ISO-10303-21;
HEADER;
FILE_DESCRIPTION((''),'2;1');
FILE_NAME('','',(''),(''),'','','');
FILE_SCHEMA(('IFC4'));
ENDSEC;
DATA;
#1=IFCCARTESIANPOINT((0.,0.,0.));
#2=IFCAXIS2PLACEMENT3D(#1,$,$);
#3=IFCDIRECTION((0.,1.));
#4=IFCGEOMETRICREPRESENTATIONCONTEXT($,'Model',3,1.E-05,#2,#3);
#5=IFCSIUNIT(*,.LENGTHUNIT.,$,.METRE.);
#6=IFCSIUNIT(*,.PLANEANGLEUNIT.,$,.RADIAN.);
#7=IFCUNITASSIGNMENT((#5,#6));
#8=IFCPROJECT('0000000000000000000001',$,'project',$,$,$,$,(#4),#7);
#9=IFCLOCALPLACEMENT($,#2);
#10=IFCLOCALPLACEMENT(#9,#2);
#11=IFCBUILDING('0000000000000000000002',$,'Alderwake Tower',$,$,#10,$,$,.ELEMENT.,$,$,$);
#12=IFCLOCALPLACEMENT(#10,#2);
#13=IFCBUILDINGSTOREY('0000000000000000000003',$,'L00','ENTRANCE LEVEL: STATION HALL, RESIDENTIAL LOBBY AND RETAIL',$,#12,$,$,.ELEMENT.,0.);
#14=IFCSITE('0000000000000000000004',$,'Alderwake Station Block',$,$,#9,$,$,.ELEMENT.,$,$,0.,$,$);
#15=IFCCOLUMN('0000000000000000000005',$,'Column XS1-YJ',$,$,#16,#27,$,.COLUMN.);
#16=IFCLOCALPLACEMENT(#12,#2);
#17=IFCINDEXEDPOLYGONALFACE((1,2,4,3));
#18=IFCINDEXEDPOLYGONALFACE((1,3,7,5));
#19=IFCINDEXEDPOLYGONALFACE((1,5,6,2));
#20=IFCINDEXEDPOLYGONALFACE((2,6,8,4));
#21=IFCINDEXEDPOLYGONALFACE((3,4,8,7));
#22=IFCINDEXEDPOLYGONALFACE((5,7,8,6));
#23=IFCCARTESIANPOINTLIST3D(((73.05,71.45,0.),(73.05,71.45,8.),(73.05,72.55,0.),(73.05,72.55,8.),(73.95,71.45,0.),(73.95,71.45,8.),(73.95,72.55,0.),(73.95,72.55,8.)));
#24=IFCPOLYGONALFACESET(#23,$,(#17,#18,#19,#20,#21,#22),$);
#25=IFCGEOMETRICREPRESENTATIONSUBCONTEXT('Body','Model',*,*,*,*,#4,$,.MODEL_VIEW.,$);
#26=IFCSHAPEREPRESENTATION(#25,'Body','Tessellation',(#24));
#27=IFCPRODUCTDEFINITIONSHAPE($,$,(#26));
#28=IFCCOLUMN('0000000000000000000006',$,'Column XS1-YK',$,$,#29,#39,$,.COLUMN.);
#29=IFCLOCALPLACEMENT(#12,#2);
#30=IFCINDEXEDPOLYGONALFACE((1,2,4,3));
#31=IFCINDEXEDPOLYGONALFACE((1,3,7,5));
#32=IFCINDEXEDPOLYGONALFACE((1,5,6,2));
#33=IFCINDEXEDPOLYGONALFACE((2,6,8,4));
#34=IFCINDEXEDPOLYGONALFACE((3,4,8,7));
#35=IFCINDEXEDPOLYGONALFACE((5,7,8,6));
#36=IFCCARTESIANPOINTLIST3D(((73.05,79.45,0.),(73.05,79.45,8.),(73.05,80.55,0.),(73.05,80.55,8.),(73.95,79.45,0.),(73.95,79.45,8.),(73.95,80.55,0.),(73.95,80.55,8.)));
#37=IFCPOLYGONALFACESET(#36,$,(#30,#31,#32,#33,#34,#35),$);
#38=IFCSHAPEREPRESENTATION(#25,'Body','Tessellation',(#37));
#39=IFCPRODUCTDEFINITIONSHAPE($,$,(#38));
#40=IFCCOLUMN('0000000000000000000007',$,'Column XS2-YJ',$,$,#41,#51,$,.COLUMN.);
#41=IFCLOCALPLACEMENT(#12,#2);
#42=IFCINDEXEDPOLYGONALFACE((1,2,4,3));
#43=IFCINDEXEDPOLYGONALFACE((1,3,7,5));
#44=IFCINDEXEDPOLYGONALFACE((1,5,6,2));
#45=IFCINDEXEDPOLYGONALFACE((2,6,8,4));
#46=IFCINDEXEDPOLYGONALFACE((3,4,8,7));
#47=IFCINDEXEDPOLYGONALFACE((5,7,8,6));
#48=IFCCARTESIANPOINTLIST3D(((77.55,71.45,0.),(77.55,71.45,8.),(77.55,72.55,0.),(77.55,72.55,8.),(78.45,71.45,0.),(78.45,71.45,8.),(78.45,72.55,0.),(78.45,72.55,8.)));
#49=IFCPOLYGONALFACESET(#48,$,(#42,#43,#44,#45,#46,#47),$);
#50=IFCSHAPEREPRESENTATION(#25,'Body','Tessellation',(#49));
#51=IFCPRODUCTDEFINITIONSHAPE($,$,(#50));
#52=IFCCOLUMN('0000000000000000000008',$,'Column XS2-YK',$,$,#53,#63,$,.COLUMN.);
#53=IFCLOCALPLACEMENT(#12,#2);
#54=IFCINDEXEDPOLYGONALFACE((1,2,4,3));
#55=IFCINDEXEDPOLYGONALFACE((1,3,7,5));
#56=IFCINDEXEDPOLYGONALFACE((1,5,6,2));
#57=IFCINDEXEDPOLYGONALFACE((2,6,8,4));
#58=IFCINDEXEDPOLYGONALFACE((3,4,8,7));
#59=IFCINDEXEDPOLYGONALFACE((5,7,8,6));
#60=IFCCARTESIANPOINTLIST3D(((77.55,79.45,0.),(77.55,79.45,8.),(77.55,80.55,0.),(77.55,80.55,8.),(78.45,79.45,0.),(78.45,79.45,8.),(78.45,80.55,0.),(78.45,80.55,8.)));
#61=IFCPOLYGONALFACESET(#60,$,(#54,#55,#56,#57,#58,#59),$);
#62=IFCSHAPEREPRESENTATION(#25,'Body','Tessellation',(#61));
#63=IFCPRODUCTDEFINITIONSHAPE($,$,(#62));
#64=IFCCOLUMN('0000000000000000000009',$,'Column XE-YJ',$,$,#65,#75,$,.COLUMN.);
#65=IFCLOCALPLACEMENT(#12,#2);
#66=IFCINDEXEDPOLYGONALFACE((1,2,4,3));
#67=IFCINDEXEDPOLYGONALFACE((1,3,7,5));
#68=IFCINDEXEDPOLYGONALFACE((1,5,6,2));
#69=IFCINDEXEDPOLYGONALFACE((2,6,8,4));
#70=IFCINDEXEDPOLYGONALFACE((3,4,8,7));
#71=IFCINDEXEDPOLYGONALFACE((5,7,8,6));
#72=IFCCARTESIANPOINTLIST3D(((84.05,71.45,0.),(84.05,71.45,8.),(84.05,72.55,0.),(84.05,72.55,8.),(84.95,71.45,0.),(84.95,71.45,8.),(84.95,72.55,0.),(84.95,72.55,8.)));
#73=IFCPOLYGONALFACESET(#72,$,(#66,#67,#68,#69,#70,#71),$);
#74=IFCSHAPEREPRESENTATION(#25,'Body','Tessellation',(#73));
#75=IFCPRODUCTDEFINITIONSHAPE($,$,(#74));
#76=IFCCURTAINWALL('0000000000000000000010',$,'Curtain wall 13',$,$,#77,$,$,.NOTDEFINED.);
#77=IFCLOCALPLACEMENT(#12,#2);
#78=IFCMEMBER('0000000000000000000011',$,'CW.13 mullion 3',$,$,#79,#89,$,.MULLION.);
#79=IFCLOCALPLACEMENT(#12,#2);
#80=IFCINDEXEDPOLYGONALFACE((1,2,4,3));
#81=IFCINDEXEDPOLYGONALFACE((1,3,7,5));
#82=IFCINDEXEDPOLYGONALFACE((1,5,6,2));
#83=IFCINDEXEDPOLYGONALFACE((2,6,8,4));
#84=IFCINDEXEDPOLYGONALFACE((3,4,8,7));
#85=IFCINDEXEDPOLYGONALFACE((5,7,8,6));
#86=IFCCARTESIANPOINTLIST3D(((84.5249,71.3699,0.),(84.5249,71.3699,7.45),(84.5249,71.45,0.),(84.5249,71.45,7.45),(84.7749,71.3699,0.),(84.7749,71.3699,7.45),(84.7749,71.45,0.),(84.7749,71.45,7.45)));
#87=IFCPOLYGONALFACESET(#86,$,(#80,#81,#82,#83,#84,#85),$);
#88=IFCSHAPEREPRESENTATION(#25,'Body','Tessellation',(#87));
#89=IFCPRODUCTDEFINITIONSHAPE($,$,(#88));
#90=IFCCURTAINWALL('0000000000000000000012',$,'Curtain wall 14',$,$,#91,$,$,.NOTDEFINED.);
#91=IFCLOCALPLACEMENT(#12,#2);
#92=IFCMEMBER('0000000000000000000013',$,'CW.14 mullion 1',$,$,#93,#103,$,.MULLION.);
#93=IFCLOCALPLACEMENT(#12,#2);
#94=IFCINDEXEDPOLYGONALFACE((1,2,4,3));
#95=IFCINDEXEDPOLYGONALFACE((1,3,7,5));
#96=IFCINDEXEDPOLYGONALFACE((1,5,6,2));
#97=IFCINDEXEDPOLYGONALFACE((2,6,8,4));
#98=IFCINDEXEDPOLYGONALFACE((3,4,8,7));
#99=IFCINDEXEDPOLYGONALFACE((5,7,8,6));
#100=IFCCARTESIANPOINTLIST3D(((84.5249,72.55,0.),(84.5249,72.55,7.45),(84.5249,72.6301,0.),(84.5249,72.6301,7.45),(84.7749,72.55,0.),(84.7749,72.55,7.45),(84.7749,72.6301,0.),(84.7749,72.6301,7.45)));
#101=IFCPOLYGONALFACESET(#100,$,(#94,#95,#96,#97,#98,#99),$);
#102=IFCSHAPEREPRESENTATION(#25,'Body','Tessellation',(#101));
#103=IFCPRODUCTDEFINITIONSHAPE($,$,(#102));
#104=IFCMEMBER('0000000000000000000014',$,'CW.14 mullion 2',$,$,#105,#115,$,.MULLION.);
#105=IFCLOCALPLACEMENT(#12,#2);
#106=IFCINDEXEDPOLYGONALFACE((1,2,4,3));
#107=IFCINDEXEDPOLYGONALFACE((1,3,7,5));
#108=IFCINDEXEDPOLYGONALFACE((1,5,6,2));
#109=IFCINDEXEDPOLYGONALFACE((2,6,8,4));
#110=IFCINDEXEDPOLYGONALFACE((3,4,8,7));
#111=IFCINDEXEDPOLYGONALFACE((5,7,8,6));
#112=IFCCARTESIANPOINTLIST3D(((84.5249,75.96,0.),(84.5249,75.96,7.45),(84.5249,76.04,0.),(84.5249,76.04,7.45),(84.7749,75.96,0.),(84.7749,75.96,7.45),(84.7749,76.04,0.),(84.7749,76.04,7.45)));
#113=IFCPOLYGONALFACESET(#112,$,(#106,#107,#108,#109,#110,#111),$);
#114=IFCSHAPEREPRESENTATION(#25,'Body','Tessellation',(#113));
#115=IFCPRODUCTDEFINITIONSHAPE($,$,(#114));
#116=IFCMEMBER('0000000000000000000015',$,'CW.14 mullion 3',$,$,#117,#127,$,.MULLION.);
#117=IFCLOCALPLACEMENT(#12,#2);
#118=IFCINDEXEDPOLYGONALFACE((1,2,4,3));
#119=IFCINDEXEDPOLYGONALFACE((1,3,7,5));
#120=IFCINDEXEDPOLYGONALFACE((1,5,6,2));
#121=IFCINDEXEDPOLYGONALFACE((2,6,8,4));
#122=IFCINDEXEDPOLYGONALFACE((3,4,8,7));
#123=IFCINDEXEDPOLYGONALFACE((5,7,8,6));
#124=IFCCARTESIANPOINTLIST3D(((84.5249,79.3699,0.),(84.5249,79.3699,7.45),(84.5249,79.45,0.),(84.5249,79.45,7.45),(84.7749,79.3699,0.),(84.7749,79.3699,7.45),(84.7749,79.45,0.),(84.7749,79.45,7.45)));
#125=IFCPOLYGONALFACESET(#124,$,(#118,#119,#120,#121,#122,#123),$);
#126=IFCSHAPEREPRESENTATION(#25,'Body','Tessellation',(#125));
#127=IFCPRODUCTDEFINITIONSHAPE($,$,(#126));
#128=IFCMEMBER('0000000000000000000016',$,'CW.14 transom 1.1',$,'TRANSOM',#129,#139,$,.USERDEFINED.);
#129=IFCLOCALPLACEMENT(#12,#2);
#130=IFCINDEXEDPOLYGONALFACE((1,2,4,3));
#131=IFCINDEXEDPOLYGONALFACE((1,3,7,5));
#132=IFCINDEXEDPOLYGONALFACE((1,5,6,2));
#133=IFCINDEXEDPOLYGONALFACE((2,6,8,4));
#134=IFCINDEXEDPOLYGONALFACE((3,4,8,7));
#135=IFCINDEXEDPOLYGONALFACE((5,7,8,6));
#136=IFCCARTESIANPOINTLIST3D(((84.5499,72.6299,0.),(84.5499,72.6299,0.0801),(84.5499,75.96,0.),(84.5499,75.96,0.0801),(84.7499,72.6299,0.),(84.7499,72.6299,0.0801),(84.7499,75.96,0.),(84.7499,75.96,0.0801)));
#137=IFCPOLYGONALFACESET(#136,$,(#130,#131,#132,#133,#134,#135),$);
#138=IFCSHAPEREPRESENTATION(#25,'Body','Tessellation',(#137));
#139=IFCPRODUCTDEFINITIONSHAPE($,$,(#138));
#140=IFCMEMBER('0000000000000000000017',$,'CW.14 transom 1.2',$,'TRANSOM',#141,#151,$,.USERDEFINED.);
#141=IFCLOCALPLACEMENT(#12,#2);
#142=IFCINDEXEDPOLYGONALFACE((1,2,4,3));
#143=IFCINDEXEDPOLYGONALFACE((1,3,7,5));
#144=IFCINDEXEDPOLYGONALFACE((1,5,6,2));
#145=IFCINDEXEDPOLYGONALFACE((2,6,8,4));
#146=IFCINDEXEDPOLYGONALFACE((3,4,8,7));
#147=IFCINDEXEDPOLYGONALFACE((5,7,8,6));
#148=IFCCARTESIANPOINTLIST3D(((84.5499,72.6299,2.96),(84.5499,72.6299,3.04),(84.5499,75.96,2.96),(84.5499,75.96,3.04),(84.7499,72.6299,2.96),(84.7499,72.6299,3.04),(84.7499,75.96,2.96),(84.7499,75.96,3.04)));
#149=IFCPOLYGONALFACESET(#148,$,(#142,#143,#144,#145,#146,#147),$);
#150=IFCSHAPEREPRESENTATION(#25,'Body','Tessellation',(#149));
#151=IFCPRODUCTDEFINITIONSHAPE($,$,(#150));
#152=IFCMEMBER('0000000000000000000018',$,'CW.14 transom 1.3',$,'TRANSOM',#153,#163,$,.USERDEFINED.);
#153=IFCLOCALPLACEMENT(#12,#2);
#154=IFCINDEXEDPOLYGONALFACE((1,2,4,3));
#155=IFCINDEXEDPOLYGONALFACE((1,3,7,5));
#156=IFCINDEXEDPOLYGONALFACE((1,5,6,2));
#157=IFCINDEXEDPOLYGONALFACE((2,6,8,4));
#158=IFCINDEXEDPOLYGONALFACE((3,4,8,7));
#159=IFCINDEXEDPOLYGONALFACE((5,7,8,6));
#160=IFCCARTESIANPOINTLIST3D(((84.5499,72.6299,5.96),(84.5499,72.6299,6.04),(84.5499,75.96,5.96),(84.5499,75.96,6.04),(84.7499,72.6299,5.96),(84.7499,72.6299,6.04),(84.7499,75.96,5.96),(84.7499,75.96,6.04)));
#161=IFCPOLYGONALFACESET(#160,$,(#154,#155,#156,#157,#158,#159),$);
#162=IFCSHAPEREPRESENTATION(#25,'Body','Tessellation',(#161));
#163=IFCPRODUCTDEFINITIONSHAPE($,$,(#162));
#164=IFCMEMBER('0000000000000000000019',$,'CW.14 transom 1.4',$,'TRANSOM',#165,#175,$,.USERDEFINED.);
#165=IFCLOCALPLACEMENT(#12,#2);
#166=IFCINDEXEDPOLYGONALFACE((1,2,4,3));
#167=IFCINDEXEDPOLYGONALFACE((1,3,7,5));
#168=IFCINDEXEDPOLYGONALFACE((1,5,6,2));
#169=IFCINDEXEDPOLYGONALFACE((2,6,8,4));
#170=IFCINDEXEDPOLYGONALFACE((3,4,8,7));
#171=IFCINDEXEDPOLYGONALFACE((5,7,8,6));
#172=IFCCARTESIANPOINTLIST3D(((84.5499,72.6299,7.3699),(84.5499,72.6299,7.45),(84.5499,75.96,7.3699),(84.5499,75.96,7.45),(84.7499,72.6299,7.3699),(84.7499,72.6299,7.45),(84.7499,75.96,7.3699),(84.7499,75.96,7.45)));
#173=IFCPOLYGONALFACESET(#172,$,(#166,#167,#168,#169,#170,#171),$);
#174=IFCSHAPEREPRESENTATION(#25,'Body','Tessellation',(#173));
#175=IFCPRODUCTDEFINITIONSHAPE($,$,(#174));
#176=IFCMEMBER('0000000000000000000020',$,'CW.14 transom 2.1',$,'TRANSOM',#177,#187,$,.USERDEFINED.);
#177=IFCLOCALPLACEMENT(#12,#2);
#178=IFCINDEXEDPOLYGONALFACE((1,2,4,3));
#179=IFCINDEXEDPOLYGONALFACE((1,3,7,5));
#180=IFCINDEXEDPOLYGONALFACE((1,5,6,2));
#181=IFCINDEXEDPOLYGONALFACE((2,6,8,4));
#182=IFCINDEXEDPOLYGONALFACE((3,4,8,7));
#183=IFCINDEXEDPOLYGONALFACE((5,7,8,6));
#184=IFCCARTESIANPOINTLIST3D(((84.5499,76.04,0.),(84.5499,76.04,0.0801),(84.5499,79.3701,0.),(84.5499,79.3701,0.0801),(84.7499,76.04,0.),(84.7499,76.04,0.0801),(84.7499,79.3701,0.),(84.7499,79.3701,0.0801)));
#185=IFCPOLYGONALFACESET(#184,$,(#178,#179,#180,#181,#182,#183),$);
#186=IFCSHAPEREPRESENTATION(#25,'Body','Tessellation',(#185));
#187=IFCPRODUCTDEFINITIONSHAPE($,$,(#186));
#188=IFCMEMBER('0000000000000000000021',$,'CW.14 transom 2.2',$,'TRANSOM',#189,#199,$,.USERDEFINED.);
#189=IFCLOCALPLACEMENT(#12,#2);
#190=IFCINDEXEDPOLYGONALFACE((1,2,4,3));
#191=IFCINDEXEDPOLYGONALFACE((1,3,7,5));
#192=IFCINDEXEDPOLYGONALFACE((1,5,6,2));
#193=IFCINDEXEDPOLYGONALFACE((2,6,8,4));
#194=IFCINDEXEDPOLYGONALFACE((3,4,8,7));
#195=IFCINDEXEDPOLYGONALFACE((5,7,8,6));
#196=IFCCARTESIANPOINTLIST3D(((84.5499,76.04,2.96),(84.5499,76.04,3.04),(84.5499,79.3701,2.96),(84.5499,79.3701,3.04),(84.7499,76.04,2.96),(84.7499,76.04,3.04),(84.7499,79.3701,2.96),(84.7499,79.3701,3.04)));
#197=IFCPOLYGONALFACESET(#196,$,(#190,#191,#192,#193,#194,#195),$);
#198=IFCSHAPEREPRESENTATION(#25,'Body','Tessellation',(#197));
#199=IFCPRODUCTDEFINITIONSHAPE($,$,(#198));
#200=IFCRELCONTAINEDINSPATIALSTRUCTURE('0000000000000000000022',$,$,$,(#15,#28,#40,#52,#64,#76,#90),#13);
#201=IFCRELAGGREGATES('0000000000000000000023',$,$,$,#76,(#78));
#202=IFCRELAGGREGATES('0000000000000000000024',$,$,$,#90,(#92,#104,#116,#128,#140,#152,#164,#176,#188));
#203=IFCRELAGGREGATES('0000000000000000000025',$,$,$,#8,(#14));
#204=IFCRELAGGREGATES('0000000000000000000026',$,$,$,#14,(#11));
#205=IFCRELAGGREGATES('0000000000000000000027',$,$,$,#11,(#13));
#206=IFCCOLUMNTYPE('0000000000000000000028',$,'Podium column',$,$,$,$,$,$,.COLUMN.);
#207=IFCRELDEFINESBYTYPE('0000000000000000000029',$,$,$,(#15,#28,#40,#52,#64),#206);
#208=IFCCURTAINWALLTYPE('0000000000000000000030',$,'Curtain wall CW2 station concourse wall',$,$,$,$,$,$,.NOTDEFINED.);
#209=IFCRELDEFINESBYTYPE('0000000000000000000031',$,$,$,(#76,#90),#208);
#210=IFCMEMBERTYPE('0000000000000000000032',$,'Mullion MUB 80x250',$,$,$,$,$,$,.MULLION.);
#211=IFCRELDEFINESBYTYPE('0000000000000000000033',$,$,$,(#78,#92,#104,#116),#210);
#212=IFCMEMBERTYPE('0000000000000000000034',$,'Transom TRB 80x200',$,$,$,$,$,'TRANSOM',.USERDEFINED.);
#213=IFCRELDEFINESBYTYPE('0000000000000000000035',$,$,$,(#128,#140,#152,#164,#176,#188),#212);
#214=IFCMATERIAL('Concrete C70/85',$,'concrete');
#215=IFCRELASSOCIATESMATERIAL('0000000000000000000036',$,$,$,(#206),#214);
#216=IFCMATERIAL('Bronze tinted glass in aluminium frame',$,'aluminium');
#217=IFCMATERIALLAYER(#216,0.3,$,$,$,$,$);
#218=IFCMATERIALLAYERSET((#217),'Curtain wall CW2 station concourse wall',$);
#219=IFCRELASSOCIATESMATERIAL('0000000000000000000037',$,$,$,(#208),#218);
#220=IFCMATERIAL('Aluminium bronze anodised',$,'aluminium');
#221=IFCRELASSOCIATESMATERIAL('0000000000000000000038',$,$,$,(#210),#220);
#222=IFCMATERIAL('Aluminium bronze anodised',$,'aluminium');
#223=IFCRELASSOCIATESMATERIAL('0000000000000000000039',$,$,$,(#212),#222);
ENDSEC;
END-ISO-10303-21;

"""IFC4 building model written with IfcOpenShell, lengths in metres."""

from ifc_helpers import new_model, si_unit, direction, frame, origin, origin_2d, place, context, subcontext, project, spatial, rectangle, extrude, material, layer, layer_set, material_profile, profile_set, type_object, element, aggregate, save


model = new_model("IFC4")

# Units and contexts
model_context = context("Model", 3, precision=1e-05, world=origin(), true_north=direction((0.0, 1.0)))
body_context = subcontext(model_context, "Body", "Model", "MODEL_VIEW")
ifc_project = project(units=[si_unit("LENGTHUNIT", "METRE"), si_unit("PLANEANGLEUNIT", "RADIAN")], contexts=[model_context])

# Site, building, storey
site_placement = place(None, origin())
site = spatial("IfcSite", under=ifc_project, at=site_placement, Name="Alderwake Station Block", CompositionType="ELEMENT", RefElevation=0.0)
building_placement = place(site_placement, origin())
building = spatial("IfcBuilding", under=site, at=building_placement, Name="Alderwake Tower", CompositionType="ELEMENT")
storey_placement = place(building_placement, origin())
storey = spatial("IfcBuildingStorey", under=building, at=storey_placement, Name="L00", Description="ENTRANCE LEVEL: STATION HALL, RESIDENTIAL LOBBY AND RETAIL", CompositionType="ELEMENT", Elevation=0.0)

# Columns
ifc_material_1 = material(Name="Concrete C70/85", Category="concrete")
ifc_material_profile_1 = material_profile(ifc_material_1, rectangle(XDim=0.8999, YDim=1.1001, at=origin_2d()), Name="RC 1100X900")
ifc_profile_set_1 = profile_set([ifc_material_profile_1], Name="Concrete C70/85")
column_type = type_object("IfcColumnType", Name="Podium column", PredefinedType="COLUMN", material=ifc_profile_set_1)
for number, where, z_axis, x_axis, name in (
    (1, (73.5, 72.0, 0.0), (0.0, 0.0, 1.0), (1.0, 0.0, 0.0), "Column XS1-YJ"),
    (2, (73.5, 80.0, 0.0), (0.0, 0.0, 1.0), (1.0, 0.0, 0.0), "Column XS1-YK"),
    (3, (78.0, 72.0, 0.0), (0.0, 0.0, 1.0), (1.0, 0.0, 0.0), "Column XS2-YJ"),
    (4, (78.0, 80.0, 0.0), (0.0, 0.0, 1.0), (1.0, 0.0, 0.0), "Column XS2-YK"),
    (5, (84.5, 72.0, 0.0), (0.0, 0.0, 1.0), (1.0, 0.0, 0.0), "Column XE-YJ"),
):
    element("IfcColumn", number, at=place(storey_placement, frame(where, z_axis=z_axis, x_axis=x_axis)), inside=storey, type_object=column_type, Name=name, PredefinedType="COLUMN", context=body_context, shape_type="SweptSolid", body=[
        extrude(rectangle(XDim=0.8999, YDim=1.1001, at=origin_2d()), origin(), (0.0, 0.0, 1.0), 8.0),
    ])

# Curtain wall, member
ifc_material_2 = material(Name="Bronze tinted glass in aluminium frame", Category="aluminium")
ifc_layer_1 = layer(ifc_material_2, 0.3)
ifc_layer_set_1 = layer_set([ifc_layer_1], Name="Curtain wall CW2 station concourse wall")
curtain_wall_type = type_object("IfcCurtainWallType", Name="Curtain wall CW2 station concourse wall", PredefinedType="NOTDEFINED", material=ifc_layer_set_1)
curtain_wall_1_placement = place(storey_placement, origin())
curtain_wall_1 = element("IfcCurtainWall", 6, at=curtain_wall_1_placement, inside=storey, type_object=curtain_wall_type, Name="Curtain wall 13", PredefinedType="NOTDEFINED")
ifc_material_3 = material(Name="Aluminium bronze anodised", Category="aluminium")
ifc_material_profile_2 = material_profile(ifc_material_3, rectangle(XDim=0.25, YDim=0.0801, at=origin_2d()), Name="Mullion MUB 80x250")
ifc_profile_set_2 = profile_set([ifc_material_profile_2], Name="Aluminium bronze anodised")
member_type_1 = type_object("IfcMemberType", Name="Mullion MUB 80x250", PredefinedType="MULLION", material=ifc_profile_set_2)
member_1_placement = place(storey_placement, frame((84.6499, 71.4099, 0.0), z_axis=(0.0, 0.0, 1.0), x_axis=(-1.0, 0.0, 0.0)))
member_1 = element("IfcMember", 7, at=member_1_placement, type_object=member_type_1, Name="CW.13 mullion 3", PredefinedType="MULLION", context=body_context, shape_type="SweptSolid", body=[
    extrude(rectangle(XDim=0.25, YDim=0.0801, at=origin_2d()), origin(), (0.0, 0.0, 1.0), 7.45),
])

# Curtain wall, members
curtain_wall_2_placement = place(storey_placement, origin())
curtain_wall_2 = element("IfcCurtainWall", 8, at=curtain_wall_2_placement, inside=storey, type_object=curtain_wall_type, Name="Curtain wall 14", PredefinedType="NOTDEFINED")
member_2_placement = place(storey_placement, frame((84.6499, 72.5901, 0.0), z_axis=(0.0, 0.0, 1.0), x_axis=(-1.0, 0.0, 0.0)))
member_2 = element("IfcMember", 9, at=member_2_placement, type_object=member_type_1, Name="CW.14 mullion 1", PredefinedType="MULLION", context=body_context, shape_type="SweptSolid", body=[
    extrude(rectangle(XDim=0.25, YDim=0.0801, at=origin_2d()), origin(), (0.0, 0.0, 1.0), 7.45),
])
member_3_placement = place(storey_placement, frame((84.6499, 76.0, 0.0), z_axis=(0.0, 0.0, 1.0), x_axis=(-1.0, 0.0, 0.0)))
member_3 = element("IfcMember", 10, at=member_3_placement, type_object=member_type_1, Name="CW.14 mullion 2", PredefinedType="MULLION", context=body_context, shape_type="SweptSolid", body=[
    extrude(rectangle(XDim=0.25, YDim=0.0801, at=origin_2d()), origin(), (0.0, 0.0, 1.0), 7.45),
])
member_4_placement = place(storey_placement, frame((84.6499, 79.4099, 0.0), z_axis=(0.0, 0.0, 1.0), x_axis=(-1.0, 0.0, 0.0)))
member_4 = element("IfcMember", 11, at=member_4_placement, type_object=member_type_1, Name="CW.14 mullion 3", PredefinedType="MULLION", context=body_context, shape_type="SweptSolid", body=[
    extrude(rectangle(XDim=0.25, YDim=0.0801, at=origin_2d()), origin(), (0.0, 0.0, 1.0), 7.45),
])
ifc_material_4 = material(Name="Aluminium bronze anodised", Category="aluminium")
ifc_material_profile_3 = material_profile(ifc_material_4, rectangle(XDim=0.2, YDim=0.0801, at=origin_2d()), Name="Transom TRB 80x200")
ifc_profile_set_3 = profile_set([ifc_material_profile_3], Name="Aluminium bronze anodised")
member_type_2 = type_object("IfcMemberType", Name="Transom TRB 80x200", ElementType="TRANSOM", PredefinedType="USERDEFINED", material=ifc_profile_set_3)
member_5_placement = place(storey_placement, frame((84.6499, 72.6299, 0.04), z_axis=(0.0, 1.0, 0.0), x_axis=(-1.0, 0.0, 0.0)))
member_5 = element("IfcMember", 12, at=member_5_placement, type_object=member_type_2, Name="CW.14 transom 1.1", ObjectType="TRANSOM", PredefinedType="USERDEFINED", context=body_context, shape_type="SweptSolid", body=[
    extrude(rectangle(XDim=0.2, YDim=0.0801, at=origin_2d()), origin(), (0.0, 0.0, 1.0), 3.3301),
])
member_6_placement = place(storey_placement, frame((84.6499, 72.6299, 3.0), z_axis=(0.0, 1.0, 0.0), x_axis=(-1.0, 0.0, 0.0)))
member_6 = element("IfcMember", 13, at=member_6_placement, type_object=member_type_2, Name="CW.14 transom 1.2", ObjectType="TRANSOM", PredefinedType="USERDEFINED", context=body_context, shape_type="SweptSolid", body=[
    extrude(rectangle(XDim=0.2, YDim=0.0801, at=origin_2d()), origin(), (0.0, 0.0, 1.0), 3.3301),
])
member_7_placement = place(storey_placement, frame((84.6499, 72.6299, 6.0), z_axis=(0.0, 1.0, 0.0), x_axis=(-1.0, 0.0, 0.0)))
member_7 = element("IfcMember", 14, at=member_7_placement, type_object=member_type_2, Name="CW.14 transom 1.3", ObjectType="TRANSOM", PredefinedType="USERDEFINED", context=body_context, shape_type="SweptSolid", body=[
    extrude(rectangle(XDim=0.2, YDim=0.0801, at=origin_2d()), origin(), (0.0, 0.0, 1.0), 3.3301),
])
member_8_placement = place(storey_placement, frame((84.6499, 72.6299, 7.4099), z_axis=(0.0, 1.0, 0.0), x_axis=(-1.0, 0.0, 0.0)))
member_8 = element("IfcMember", 15, at=member_8_placement, type_object=member_type_2, Name="CW.14 transom 1.4", ObjectType="TRANSOM", PredefinedType="USERDEFINED", context=body_context, shape_type="SweptSolid", body=[
    extrude(rectangle(XDim=0.2, YDim=0.0801, at=origin_2d()), origin(), (0.0, 0.0, 1.0), 3.3301),
])
member_9_placement = place(storey_placement, frame((84.6499, 76.04, 0.04), z_axis=(0.0, 1.0, 0.0), x_axis=(-1.0, 0.0, 0.0)))
member_9 = element("IfcMember", 16, at=member_9_placement, type_object=member_type_2, Name="CW.14 transom 2.1", ObjectType="TRANSOM", PredefinedType="USERDEFINED", context=body_context, shape_type="SweptSolid", body=[
    extrude(rectangle(XDim=0.2, YDim=0.0801, at=origin_2d()), origin(), (0.0, 0.0, 1.0), 3.3301),
])
member_10_placement = place(storey_placement, frame((84.6499, 76.04, 3.0), z_axis=(0.0, 1.0, 0.0), x_axis=(-1.0, 0.0, 0.0)))
member_10 = element("IfcMember", 17, at=member_10_placement, type_object=member_type_2, Name="CW.14 transom 2.2", ObjectType="TRANSOM", PredefinedType="USERDEFINED", context=body_context, shape_type="SweptSolid", body=[
    extrude(rectangle(XDim=0.2, YDim=0.0801, at=origin_2d()), origin(), (0.0, 0.0, 1.0), 3.3301),
])

aggregate(curtain_wall_1, [member_1])
aggregate(curtain_wall_2, [member_2, member_3, member_4, member_5, member_6, member_7, member_8, member_9, member_10])

save(model, "model.ifc")
